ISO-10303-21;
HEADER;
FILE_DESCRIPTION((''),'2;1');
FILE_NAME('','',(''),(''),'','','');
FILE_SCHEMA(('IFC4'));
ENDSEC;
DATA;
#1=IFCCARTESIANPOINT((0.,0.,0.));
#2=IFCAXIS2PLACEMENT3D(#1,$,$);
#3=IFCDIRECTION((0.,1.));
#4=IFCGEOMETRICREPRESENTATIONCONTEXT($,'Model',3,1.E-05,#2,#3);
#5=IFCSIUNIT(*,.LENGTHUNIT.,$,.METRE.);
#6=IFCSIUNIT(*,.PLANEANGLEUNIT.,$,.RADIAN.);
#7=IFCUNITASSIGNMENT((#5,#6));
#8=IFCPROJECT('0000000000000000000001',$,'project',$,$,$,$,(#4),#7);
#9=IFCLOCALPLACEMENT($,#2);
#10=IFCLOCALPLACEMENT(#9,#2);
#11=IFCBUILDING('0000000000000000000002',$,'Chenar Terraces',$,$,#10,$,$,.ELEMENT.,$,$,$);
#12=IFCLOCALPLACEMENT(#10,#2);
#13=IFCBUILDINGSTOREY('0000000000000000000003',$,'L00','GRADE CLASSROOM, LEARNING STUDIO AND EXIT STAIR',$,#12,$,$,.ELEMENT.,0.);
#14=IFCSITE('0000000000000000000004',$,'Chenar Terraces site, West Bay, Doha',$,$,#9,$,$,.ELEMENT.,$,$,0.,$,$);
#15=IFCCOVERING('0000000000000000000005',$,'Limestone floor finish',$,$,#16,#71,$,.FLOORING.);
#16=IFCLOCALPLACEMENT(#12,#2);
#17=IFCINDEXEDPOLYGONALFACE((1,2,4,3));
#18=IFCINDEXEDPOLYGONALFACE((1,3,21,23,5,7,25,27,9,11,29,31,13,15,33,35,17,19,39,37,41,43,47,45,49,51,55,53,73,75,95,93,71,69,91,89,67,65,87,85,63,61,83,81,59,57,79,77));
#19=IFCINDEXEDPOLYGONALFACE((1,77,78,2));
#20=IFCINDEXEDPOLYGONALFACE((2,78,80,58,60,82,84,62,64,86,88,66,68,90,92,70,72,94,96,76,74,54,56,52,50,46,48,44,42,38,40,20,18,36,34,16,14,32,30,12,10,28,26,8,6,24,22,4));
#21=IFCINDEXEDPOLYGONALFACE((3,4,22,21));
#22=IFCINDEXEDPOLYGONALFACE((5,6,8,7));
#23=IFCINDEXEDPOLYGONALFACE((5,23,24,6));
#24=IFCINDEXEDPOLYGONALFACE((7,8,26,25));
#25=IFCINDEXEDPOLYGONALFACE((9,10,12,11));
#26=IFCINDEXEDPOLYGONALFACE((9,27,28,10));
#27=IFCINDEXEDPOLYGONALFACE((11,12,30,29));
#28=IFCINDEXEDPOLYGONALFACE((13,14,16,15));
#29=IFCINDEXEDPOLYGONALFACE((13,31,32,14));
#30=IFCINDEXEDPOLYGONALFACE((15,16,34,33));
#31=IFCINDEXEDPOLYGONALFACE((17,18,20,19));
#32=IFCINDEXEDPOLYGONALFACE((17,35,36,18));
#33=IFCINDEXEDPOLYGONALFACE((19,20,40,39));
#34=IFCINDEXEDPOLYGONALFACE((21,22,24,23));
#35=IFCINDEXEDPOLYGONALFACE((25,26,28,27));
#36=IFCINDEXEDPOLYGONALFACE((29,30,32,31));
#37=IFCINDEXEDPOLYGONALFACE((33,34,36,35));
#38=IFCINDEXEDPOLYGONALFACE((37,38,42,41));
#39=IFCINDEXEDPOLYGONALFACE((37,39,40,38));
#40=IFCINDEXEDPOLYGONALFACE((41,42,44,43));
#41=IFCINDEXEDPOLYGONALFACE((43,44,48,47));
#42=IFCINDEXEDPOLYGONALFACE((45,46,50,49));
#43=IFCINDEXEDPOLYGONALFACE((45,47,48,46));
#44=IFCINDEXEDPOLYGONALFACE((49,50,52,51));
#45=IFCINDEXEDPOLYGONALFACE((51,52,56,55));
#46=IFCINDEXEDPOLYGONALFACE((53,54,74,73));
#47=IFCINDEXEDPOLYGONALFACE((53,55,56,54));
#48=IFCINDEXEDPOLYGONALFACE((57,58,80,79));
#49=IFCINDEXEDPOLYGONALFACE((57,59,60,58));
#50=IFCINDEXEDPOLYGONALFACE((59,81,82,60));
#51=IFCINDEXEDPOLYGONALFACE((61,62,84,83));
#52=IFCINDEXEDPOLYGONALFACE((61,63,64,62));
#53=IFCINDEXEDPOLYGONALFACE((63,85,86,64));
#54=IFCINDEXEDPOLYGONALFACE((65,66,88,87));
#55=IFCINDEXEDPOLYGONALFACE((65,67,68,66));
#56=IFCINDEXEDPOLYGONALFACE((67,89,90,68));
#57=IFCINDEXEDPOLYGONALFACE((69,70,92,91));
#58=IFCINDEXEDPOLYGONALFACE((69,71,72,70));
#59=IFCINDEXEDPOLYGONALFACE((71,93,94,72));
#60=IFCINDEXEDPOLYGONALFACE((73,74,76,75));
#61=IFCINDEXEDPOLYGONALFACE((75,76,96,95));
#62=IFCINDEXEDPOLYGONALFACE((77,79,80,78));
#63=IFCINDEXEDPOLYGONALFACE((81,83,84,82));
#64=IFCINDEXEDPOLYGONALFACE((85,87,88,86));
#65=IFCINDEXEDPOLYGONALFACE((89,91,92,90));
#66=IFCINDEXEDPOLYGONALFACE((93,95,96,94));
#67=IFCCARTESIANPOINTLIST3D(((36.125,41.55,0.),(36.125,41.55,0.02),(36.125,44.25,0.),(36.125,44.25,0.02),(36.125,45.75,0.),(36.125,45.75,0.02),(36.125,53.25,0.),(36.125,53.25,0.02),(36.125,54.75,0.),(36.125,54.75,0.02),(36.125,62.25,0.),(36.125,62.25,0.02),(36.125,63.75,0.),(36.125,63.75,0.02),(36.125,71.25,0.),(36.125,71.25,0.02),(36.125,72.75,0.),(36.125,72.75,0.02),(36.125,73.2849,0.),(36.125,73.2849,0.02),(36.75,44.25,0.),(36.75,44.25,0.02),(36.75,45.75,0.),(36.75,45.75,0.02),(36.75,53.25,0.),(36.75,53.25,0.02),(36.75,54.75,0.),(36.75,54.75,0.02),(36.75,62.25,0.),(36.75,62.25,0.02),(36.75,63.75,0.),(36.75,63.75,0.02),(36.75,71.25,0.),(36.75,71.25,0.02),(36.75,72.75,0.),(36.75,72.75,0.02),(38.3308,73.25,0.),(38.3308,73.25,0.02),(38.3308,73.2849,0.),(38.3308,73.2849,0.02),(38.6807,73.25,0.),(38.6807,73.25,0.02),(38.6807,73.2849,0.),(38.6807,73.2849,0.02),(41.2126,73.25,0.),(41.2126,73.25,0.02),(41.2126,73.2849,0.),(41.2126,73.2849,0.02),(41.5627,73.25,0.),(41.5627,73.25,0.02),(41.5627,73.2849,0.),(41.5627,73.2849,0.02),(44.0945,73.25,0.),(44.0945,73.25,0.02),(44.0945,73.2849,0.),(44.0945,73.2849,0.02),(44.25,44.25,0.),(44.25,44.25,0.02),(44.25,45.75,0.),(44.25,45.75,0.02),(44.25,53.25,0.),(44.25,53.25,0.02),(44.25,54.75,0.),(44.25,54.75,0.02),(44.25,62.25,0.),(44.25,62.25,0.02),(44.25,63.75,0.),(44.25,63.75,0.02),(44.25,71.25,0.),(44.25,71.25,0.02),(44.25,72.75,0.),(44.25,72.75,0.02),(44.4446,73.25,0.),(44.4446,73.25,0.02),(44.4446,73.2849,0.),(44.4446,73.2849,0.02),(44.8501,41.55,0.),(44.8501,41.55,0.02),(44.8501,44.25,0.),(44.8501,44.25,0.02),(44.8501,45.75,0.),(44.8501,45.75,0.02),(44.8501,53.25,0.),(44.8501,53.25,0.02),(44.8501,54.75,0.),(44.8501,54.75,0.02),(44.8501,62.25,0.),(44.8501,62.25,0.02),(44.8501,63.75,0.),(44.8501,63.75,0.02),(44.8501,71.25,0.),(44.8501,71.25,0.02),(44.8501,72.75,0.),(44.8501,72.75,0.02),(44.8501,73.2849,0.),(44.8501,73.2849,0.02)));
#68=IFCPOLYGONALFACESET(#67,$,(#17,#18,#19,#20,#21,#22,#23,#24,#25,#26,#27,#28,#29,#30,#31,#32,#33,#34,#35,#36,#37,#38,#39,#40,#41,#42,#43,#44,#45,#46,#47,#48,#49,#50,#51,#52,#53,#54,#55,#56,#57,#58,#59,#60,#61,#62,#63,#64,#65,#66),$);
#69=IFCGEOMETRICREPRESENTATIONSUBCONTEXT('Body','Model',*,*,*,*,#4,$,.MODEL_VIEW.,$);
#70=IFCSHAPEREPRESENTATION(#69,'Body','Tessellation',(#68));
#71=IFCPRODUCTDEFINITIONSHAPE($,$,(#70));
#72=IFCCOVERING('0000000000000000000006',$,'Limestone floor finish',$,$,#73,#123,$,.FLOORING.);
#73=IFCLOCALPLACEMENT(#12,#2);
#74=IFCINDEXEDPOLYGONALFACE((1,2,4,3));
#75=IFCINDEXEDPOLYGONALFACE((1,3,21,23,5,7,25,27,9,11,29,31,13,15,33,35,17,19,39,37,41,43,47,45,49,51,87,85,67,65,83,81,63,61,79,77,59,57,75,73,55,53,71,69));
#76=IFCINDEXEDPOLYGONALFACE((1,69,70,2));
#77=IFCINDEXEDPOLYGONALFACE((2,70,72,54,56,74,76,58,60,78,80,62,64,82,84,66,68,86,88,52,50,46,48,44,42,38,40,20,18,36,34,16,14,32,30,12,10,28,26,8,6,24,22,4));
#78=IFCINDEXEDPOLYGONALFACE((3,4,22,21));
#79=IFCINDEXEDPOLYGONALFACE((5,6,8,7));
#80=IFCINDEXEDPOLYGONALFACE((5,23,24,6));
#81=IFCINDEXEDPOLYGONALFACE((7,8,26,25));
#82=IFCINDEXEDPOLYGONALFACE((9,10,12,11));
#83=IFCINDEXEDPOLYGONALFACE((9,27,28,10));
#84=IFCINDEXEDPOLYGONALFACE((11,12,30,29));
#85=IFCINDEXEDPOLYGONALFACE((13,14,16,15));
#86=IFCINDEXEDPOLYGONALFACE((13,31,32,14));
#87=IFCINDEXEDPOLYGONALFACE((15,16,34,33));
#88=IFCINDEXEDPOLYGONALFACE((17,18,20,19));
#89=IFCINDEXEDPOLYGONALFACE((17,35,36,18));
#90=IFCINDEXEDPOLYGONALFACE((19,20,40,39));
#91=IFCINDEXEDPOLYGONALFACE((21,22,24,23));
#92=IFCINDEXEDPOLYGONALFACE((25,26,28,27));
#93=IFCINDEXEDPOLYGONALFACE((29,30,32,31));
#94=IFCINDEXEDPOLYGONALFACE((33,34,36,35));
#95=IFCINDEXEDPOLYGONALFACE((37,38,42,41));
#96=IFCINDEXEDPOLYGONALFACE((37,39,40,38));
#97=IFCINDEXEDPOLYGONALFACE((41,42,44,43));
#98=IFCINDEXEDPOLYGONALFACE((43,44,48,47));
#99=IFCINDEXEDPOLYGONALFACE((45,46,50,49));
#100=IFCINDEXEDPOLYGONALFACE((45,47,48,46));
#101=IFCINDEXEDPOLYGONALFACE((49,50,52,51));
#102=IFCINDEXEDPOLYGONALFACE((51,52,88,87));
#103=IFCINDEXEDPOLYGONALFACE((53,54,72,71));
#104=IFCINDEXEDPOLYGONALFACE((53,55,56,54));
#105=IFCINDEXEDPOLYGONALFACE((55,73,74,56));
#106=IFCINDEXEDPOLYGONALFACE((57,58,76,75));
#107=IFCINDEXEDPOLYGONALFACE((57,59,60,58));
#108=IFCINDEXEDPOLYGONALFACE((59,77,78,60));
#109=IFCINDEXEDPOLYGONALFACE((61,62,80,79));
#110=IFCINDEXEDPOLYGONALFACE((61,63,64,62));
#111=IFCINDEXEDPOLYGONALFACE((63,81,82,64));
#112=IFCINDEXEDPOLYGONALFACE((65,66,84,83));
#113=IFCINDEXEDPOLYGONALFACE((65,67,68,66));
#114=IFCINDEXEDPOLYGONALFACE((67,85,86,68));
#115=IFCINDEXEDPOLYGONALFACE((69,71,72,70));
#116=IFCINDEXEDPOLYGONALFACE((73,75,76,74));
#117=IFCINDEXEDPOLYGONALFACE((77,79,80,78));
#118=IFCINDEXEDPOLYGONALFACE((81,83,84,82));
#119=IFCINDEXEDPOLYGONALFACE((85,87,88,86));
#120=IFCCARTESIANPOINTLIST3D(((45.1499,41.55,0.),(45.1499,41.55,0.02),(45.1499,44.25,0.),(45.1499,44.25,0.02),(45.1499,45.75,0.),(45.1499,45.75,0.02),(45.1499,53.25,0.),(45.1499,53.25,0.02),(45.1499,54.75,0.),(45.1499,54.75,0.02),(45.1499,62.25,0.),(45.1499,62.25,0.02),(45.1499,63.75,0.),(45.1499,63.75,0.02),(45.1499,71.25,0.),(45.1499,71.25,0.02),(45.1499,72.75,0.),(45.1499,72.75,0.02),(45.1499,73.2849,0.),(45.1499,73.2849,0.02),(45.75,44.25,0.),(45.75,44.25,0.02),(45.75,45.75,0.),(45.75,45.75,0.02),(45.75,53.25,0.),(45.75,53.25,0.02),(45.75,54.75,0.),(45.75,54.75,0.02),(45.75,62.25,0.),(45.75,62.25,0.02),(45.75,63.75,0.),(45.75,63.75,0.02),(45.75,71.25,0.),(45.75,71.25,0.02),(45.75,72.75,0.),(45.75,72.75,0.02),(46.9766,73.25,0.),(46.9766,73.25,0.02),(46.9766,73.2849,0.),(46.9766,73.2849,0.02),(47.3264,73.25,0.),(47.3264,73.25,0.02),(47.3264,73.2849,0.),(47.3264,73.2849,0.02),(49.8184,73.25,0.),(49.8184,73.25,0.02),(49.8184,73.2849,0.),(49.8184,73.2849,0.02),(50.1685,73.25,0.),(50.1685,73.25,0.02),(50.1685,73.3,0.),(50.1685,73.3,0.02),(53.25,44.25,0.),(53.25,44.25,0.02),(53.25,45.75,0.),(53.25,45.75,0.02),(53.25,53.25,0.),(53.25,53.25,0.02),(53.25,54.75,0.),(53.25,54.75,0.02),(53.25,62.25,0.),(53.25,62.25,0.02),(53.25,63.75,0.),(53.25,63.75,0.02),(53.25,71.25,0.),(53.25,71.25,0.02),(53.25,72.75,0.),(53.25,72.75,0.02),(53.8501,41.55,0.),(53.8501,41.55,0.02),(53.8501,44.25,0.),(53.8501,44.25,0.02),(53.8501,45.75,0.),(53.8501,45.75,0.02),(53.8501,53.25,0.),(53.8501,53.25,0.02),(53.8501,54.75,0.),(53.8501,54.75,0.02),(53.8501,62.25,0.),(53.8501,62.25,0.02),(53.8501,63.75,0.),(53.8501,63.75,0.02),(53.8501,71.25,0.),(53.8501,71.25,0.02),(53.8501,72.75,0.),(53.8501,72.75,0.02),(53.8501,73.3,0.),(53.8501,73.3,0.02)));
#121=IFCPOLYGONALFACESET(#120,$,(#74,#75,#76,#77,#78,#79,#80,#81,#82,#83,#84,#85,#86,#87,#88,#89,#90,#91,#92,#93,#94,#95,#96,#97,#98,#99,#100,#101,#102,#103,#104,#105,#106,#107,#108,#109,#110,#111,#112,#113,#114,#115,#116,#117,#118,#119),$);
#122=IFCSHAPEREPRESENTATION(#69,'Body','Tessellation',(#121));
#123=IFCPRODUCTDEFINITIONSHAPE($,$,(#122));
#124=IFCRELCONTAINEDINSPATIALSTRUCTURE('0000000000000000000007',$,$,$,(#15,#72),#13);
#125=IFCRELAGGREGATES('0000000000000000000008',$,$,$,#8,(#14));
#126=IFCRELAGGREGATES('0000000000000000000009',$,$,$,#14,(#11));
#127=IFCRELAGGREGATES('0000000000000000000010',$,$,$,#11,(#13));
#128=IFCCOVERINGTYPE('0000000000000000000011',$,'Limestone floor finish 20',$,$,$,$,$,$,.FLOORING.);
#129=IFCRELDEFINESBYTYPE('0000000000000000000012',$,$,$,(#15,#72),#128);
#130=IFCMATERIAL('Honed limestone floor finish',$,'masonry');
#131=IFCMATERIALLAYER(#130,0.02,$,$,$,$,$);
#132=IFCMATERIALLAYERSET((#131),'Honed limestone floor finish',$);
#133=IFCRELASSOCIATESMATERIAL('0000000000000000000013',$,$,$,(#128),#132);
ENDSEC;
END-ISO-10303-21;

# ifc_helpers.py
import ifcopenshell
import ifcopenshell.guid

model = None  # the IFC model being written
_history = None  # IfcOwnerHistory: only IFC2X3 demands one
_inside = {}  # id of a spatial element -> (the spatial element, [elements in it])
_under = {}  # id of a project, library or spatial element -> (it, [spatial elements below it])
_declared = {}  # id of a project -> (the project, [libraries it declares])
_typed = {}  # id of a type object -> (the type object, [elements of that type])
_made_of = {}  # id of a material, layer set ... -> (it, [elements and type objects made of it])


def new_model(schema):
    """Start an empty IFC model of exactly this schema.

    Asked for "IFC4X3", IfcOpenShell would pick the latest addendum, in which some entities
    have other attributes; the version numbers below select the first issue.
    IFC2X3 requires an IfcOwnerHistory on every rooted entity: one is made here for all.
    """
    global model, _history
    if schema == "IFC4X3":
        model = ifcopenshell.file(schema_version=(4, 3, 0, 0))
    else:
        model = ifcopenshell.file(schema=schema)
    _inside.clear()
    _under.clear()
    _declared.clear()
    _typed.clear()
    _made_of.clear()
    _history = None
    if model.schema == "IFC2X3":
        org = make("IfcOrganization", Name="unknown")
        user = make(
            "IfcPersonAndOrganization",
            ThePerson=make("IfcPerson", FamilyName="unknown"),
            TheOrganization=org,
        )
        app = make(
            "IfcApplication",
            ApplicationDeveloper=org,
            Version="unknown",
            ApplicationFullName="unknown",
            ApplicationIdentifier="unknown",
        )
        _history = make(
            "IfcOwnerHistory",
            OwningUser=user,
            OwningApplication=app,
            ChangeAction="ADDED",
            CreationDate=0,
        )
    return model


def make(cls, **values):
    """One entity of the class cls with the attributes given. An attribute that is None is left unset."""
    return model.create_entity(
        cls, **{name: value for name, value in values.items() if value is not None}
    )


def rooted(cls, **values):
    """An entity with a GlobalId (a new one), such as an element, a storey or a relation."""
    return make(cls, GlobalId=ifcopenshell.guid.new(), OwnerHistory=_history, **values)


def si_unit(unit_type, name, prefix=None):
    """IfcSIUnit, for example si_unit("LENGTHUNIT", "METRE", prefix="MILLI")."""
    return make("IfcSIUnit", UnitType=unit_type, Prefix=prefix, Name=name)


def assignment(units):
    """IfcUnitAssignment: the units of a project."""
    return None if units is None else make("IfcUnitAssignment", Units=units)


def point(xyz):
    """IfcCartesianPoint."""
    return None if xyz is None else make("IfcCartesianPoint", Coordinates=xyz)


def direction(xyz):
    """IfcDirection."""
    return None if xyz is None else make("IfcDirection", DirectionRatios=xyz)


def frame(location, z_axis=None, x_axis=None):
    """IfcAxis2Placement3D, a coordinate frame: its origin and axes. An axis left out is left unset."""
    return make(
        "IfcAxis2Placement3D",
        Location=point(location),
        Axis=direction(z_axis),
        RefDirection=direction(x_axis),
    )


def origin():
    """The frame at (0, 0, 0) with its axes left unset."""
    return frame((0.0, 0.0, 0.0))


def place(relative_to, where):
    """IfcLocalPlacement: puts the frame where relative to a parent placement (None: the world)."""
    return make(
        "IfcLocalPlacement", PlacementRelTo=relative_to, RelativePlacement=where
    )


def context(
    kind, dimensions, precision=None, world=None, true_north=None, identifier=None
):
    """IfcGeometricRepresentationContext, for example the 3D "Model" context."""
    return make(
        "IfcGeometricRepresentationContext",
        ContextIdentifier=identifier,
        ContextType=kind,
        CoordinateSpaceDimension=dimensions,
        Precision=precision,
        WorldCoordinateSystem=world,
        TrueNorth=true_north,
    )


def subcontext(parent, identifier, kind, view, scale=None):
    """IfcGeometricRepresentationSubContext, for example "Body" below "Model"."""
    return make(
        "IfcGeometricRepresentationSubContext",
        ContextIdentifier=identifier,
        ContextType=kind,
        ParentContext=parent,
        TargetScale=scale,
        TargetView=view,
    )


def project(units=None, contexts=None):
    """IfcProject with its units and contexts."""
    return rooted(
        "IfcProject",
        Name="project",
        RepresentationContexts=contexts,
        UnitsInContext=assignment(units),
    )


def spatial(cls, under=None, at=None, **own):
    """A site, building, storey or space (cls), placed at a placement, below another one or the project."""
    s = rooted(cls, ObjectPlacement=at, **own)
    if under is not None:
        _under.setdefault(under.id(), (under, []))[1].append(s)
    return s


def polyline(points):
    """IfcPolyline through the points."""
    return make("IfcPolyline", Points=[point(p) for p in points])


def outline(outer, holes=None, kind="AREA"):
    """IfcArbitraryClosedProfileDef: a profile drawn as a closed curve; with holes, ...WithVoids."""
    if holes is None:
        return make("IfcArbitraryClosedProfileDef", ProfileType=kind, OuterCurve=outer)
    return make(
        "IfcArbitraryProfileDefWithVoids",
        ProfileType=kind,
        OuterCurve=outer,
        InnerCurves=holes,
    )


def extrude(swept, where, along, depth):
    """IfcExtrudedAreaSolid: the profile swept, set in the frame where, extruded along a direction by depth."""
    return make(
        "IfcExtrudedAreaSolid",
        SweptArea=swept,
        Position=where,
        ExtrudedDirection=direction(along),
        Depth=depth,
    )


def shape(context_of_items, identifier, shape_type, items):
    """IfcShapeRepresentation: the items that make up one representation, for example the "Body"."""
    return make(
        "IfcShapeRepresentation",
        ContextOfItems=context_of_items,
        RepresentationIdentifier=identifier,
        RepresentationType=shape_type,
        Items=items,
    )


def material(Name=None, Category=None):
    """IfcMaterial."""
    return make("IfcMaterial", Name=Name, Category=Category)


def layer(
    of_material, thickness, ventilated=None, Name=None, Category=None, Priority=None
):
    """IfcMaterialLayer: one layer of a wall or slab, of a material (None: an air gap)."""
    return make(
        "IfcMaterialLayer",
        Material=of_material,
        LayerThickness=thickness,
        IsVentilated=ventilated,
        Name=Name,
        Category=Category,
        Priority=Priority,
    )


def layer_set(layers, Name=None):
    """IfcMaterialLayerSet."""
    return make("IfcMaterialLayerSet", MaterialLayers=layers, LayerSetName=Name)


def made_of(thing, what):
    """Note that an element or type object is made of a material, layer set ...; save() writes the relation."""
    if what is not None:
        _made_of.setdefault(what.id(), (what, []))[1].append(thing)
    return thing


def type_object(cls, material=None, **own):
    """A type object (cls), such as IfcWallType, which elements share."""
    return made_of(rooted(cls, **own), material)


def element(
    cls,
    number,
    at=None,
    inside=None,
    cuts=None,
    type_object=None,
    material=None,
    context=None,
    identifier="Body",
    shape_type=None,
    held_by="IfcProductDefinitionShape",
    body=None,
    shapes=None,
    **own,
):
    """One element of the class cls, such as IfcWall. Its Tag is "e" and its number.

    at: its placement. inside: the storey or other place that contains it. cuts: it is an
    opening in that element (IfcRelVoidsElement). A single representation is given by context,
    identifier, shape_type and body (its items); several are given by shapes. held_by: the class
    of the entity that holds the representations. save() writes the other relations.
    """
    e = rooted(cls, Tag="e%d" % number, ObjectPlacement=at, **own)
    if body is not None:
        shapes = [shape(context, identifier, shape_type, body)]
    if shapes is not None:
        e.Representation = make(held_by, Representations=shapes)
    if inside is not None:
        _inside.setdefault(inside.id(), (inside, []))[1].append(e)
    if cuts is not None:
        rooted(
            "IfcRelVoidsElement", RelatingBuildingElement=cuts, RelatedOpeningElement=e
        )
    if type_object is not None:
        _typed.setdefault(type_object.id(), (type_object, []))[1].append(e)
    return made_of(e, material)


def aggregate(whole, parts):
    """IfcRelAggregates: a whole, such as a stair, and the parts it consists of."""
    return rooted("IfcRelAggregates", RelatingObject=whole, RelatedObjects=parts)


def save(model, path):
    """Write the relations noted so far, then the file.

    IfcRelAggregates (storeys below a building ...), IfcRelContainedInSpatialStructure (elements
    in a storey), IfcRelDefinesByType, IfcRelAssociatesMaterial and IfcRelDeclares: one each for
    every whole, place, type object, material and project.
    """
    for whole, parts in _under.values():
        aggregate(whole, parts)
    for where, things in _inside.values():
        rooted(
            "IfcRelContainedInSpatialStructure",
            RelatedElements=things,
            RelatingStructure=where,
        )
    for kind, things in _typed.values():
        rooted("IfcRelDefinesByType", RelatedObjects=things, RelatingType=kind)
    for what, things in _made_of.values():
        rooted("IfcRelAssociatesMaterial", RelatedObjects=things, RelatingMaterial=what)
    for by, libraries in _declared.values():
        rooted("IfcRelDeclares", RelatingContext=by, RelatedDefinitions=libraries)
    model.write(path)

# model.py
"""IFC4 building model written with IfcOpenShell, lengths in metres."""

from ifc_helpers import new_model, si_unit, direction, origin, place, context, subcontext, project, spatial, polyline, outline, extrude, material, layer, layer_set, type_object, element, save


model = new_model("IFC4")

# Units and contexts
model_context = context("Model", 3, precision=1e-05, world=origin(), true_north=direction((0.0, 1.0)))
body_context = subcontext(model_context, "Body", "Model", "MODEL_VIEW")
ifc_project = project(units=[si_unit("LENGTHUNIT", "METRE"), si_unit("PLANEANGLEUNIT", "RADIAN")], contexts=[model_context])

# Site, building, storey
site_placement = place(None, origin())
site = spatial("IfcSite", under=ifc_project, at=site_placement, Name="Chenar Terraces site, West Bay, Doha", CompositionType="ELEMENT", RefElevation=0.0)
building_placement = place(site_placement, origin())
building = spatial("IfcBuilding", under=site, at=building_placement, Name="Chenar Terraces", CompositionType="ELEMENT")
storey_placement = place(building_placement, origin())
storey = spatial("IfcBuildingStorey", under=building, at=storey_placement, Name="L00", Description="GRADE CLASSROOM, LEARNING STUDIO AND EXIT STAIR", CompositionType="ELEMENT", Elevation=0.0)

# Shared definitions
placement_1 = place(storey_placement, origin())

# Coverings
ifc_material_1 = material(Name="Honed limestone floor finish", Category="masonry")
ifc_layer_1 = layer(ifc_material_1, 0.02)
ifc_layer_set_1 = layer_set([ifc_layer_1], Name="Honed limestone floor finish")
covering_type_1 = type_object("IfcCoveringType", Name="Limestone floor finish 20", PredefinedType="FLOORING", material=ifc_layer_set_1)
element("IfcCovering", 1, at=placement_1, inside=storey, type_object=covering_type_1, Name="Limestone floor finish", PredefinedType="FLOORING", context=body_context, shape_type="SweptSolid", body=[
    extrude(outline(polyline([(36.125, 44.25), (36.75, 44.25), (36.75, 45.75), (36.125, 45.75), (36.125, 53.25), (36.75, 53.25), (36.75, 54.75), (36.125, 54.75), (36.125, 62.25), (36.75, 62.25), (36.75, 63.75), (36.125, 63.75), (36.125, 71.25), (36.75, 71.25), (36.75, 72.75), (36.125, 72.75), (36.125, 73.2849), (38.3308, 73.2849), (38.3308, 73.25), (38.6807, 73.25), (38.6807, 73.2849), (41.2126, 73.2849), (41.2126, 73.25), (41.5627, 73.25), (41.5627, 73.2849), (44.0945, 73.2849), (44.0945, 73.25), (44.4446, 73.25), (44.4446, 73.2849), (44.8501, 73.2849), (44.8501, 72.75), (44.25, 72.75), (44.25, 71.25), (44.8501, 71.25), (44.8501, 63.75), (44.25, 63.75), (44.25, 62.25), (44.8501, 62.25), (44.8501, 54.75), (44.25, 54.75), (44.25, 53.25), (44.8501, 53.25), (44.8501, 45.75), (44.25, 45.75), (44.25, 44.25), (44.8501, 44.25), (44.8501, 41.55), (36.125, 41.55), (36.125, 44.25)])), origin(), (0.0, 0.0, 1.0), 0.02),
])
element("IfcCovering", 2, at=placement_1, inside=storey, type_object=covering_type_1, Name="Limestone floor finish", PredefinedType="FLOORING", context=body_context, shape_type="SweptSolid", body=[
    extrude(outline(polyline([(53.8501, 73.3), (53.8501, 72.75), (53.25, 72.75), (53.25, 71.25), (53.8501, 71.25), (53.8501, 63.75), (53.25, 63.75), (53.25, 62.25), (53.8501, 62.25), (53.8501, 54.75), (53.25, 54.75), (53.25, 53.25), (53.8501, 53.25), (53.8501, 45.75), (53.25, 45.75), (53.25, 44.25), (53.8501, 44.25), (53.8501, 41.55), (45.1499, 41.55), (45.1499, 44.25), (45.75, 44.25), (45.75, 45.75), (45.1499, 45.75), (45.1499, 53.25), (45.75, 53.25), (45.75, 54.75), (45.1499, 54.75), (45.1499, 62.25), (45.75, 62.25), (45.75, 63.75), (45.1499, 63.75), (45.1499, 71.25), (45.75, 71.25), (45.75, 72.75), (45.1499, 72.75), (45.1499, 73.2849), (46.9766, 73.2849), (46.9766, 73.25), (47.3264, 73.25), (47.3264, 73.2849), (49.8184, 73.2849), (49.8184, 73.25), (50.1685, 73.25), (50.1685, 73.3), (53.8501, 73.3)])), origin(), (0.0, 0.0, 1.0), 0.02),
])

save(model, "model.ifc")
